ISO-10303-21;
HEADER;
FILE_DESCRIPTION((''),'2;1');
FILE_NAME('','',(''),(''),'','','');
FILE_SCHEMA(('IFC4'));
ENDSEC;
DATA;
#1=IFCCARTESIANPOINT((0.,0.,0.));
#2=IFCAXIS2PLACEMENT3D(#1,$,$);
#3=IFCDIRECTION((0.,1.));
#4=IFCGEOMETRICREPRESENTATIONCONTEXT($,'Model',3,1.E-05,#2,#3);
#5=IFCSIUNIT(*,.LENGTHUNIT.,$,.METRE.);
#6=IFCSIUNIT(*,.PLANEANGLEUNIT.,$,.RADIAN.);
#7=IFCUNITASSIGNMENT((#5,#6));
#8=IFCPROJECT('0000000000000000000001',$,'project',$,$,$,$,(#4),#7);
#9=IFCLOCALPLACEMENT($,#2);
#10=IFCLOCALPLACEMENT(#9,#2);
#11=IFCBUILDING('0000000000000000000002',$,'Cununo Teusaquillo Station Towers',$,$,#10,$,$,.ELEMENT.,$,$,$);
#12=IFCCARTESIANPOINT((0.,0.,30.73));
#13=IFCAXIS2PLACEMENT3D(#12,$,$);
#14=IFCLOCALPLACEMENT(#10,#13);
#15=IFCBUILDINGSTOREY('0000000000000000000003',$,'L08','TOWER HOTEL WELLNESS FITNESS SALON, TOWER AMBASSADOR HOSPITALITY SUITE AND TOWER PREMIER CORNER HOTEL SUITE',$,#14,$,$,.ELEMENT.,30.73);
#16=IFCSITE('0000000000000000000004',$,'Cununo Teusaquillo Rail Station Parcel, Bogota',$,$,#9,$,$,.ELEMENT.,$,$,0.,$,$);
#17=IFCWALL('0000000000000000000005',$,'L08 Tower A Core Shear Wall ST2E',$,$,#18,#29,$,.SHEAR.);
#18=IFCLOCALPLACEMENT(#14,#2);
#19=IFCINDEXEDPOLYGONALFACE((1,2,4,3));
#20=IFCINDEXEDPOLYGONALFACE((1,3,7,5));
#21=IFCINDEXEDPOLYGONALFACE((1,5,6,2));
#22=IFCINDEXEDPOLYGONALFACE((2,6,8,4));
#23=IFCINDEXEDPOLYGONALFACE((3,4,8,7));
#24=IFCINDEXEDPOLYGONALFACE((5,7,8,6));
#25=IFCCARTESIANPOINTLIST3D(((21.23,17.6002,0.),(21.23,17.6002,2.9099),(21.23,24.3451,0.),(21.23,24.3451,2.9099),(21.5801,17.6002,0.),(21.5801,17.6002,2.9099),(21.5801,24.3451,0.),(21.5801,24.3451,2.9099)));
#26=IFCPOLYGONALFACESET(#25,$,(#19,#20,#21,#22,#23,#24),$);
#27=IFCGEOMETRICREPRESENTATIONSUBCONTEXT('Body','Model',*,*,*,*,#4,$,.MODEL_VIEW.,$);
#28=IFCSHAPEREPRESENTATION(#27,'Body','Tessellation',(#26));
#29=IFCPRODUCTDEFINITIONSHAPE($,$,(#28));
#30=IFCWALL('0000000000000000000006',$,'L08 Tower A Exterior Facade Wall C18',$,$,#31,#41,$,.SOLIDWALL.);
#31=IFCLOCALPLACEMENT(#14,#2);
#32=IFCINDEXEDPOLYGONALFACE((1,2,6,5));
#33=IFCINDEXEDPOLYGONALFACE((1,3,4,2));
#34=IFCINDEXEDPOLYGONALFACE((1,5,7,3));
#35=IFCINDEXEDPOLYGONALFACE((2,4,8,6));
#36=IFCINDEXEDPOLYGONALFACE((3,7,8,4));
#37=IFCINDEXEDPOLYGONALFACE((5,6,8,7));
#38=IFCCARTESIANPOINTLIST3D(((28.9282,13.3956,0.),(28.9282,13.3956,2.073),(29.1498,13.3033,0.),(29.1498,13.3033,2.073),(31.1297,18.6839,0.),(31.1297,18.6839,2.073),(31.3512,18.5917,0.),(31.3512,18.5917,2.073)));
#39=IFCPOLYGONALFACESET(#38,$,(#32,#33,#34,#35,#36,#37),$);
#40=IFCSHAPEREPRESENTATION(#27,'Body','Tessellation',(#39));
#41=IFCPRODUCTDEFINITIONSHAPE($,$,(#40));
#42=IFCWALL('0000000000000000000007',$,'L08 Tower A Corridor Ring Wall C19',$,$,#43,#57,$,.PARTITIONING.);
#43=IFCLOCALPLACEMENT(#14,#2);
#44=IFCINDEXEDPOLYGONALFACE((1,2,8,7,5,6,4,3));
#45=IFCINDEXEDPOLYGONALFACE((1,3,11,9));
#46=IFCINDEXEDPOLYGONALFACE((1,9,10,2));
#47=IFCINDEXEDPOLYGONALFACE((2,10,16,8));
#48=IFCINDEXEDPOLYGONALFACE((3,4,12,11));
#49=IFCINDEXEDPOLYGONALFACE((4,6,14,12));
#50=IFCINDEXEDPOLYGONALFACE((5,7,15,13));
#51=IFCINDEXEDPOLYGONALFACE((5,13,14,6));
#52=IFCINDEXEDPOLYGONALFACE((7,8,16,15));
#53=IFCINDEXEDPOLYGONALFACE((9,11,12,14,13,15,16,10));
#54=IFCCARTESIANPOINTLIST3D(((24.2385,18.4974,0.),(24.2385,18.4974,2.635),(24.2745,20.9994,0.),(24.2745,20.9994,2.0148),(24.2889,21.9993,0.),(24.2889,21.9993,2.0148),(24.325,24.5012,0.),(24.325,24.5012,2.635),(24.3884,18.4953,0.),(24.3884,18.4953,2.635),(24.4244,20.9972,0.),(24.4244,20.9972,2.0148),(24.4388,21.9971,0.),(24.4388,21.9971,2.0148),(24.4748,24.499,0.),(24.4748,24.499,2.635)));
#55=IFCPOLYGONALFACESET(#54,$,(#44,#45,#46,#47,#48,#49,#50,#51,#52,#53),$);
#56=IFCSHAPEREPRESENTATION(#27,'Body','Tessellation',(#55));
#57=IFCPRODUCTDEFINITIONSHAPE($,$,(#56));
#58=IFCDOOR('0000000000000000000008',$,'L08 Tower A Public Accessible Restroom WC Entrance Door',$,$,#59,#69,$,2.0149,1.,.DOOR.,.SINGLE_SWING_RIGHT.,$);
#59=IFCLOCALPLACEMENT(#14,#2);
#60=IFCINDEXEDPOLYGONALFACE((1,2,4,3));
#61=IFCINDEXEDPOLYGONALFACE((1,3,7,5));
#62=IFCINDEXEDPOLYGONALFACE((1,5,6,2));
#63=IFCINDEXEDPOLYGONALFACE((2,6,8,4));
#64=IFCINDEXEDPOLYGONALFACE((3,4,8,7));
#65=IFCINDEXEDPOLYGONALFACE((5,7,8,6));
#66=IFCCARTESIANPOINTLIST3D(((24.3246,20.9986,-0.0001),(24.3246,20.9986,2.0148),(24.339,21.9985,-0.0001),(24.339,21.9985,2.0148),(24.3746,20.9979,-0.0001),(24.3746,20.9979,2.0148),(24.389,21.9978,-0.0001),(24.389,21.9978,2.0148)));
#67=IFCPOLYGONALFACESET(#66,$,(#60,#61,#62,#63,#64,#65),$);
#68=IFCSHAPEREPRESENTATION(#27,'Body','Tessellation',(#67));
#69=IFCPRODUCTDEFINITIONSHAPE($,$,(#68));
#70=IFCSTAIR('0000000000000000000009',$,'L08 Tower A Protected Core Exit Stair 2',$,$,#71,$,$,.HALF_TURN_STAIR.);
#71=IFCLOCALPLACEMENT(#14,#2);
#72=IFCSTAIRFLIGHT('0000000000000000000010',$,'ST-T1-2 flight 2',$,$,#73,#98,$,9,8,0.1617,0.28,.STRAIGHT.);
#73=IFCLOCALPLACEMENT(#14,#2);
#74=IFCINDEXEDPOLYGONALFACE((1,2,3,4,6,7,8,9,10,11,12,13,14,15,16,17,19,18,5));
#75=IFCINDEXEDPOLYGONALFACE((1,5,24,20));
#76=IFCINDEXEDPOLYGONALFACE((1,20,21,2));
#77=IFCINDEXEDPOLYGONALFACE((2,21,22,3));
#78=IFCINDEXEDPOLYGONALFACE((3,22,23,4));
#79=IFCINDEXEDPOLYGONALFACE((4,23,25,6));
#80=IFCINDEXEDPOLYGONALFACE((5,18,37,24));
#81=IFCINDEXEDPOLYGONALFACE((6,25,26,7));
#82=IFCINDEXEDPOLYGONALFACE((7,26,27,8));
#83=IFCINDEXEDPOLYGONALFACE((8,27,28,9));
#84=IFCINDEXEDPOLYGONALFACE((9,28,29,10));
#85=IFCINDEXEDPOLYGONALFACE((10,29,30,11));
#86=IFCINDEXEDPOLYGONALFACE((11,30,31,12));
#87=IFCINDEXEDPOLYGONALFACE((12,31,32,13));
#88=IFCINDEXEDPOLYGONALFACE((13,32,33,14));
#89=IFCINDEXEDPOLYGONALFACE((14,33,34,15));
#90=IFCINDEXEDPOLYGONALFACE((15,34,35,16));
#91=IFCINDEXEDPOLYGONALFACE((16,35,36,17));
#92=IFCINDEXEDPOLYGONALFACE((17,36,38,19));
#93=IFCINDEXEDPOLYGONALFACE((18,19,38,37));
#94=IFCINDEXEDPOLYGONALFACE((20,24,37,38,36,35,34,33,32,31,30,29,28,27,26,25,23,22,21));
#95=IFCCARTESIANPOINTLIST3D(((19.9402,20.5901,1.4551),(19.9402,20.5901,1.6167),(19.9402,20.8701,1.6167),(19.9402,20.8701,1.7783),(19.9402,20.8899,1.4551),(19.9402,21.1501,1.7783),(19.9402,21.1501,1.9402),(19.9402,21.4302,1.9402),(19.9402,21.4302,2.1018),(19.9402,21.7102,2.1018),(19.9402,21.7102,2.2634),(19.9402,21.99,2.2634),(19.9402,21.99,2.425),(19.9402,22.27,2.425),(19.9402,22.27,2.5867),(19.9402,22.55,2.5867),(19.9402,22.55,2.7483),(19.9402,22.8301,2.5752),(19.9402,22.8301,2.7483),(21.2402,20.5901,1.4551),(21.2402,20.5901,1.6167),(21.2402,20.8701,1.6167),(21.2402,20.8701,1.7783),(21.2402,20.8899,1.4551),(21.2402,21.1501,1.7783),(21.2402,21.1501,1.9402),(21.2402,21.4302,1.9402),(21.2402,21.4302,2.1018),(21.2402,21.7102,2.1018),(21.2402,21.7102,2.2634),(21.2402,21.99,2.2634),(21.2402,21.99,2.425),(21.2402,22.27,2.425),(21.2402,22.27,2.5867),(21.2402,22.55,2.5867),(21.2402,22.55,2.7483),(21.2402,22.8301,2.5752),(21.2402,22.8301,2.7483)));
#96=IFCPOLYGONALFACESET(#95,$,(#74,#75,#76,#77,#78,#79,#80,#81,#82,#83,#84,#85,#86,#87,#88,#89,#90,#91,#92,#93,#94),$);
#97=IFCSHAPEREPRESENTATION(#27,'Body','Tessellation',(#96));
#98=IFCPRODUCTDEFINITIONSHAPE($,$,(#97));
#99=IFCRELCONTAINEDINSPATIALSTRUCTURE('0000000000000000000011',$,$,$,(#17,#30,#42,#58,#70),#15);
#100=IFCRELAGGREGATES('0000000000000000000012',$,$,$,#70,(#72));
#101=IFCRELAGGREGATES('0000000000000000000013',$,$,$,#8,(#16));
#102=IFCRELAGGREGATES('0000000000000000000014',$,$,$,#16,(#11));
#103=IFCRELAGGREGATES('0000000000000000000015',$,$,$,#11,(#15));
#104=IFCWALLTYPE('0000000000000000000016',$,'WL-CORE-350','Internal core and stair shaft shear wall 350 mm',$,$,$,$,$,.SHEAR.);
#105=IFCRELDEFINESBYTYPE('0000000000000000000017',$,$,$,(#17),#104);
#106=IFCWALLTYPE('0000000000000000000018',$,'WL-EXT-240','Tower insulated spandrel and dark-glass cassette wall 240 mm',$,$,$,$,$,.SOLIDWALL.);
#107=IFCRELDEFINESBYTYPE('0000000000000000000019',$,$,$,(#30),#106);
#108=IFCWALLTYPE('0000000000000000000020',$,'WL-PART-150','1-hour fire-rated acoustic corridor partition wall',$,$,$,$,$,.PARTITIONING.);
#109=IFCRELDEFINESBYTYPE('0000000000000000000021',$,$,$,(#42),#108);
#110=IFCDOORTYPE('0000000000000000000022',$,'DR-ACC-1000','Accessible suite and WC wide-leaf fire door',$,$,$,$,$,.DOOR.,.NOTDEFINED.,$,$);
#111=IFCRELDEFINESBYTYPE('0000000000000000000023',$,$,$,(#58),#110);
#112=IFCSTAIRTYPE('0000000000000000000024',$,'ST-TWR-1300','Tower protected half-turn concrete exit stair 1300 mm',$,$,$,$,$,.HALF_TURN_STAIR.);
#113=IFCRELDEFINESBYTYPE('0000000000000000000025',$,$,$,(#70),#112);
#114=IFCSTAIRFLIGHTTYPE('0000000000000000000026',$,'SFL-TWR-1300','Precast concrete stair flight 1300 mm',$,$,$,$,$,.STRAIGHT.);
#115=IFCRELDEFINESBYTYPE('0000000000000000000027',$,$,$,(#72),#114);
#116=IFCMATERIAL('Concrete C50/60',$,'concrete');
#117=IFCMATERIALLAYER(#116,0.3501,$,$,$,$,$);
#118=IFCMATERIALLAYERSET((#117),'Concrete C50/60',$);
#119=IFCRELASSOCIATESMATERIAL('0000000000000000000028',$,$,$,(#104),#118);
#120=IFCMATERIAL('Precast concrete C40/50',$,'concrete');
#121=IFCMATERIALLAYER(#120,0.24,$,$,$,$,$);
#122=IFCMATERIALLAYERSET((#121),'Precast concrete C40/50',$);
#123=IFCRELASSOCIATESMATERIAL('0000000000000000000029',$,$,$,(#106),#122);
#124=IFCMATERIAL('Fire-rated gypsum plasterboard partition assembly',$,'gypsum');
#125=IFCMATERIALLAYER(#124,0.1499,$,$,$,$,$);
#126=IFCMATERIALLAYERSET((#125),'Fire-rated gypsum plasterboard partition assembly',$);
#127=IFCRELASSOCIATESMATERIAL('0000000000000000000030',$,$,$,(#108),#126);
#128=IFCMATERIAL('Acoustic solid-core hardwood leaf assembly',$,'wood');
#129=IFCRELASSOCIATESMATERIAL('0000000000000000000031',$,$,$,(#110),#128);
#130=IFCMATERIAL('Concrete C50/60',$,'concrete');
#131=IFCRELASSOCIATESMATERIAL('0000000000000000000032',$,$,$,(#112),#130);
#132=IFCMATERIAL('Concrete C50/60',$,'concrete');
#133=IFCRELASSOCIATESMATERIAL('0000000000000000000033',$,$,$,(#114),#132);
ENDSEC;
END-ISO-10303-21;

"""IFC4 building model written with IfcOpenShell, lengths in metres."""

from ifc_helpers import new_model, si_unit, direction, frame, frame_2d, origin, place, context, subcontext, project, spatial, polyline, rectangle, outline, extrude, source, transform, mapped, material, layer, layer_set, type_object, element, fill, aggregate, save


model = new_model("IFC4")

# Units and contexts
model_context = context("Model", 3, precision=1e-05, world=origin(), true_north=direction((0.0, 1.0)))
body_context = subcontext(model_context, "Body", "Model", "MODEL_VIEW")
ifc_project = project(units=[si_unit("LENGTHUNIT", "METRE"), si_unit("PLANEANGLEUNIT", "RADIAN")], contexts=[model_context])

# Site, building, storey
site_placement = place(None, origin())
site = spatial("IfcSite", under=ifc_project, at=site_placement, Name="Cununo Teusaquillo Rail Station Parcel, Bogota", CompositionType="ELEMENT", RefElevation=0.0)
building_placement = place(site_placement, origin())
building = spatial("IfcBuilding", under=site, at=building_placement, Name="Cununo Teusaquillo Station Towers", CompositionType="ELEMENT")
storey_placement = place(building_placement, frame((0.0, 0.0, 30.73)))
storey = spatial("IfcBuildingStorey", under=building, at=storey_placement, Name="L08", Description="TOWER HOTEL WELLNESS FITNESS SALON, TOWER AMBASSADOR HOSPITALITY SUITE AND TOWER PREMIER CORNER HOTEL SUITE", CompositionType="ELEMENT", Elevation=30.73)

# Walls
ifc_material_1 = material(Name="Concrete C50/60", Category="concrete")
ifc_layer_1 = layer(ifc_material_1, 0.3501)
ifc_layer_set_1 = layer_set([ifc_layer_1], Name="Concrete C50/60")
wall_type_1 = type_object("IfcWallType", Name="WL-CORE-350", Description="Internal core and stair shaft shear wall 350 mm", PredefinedType="SHEAR", material=ifc_layer_set_1)
wall_1_placement = place(storey_placement, frame((21.405, 17.6001, 0.0), z_axis=(0.0, 0.0, 1.0), x_axis=(0.0, 1.0, 0.0)))
element("IfcWall", 1, at=wall_1_placement, inside=storey, type_object=wall_type_1, Name="L08 Tower A Core Shear Wall ST2E", PredefinedType="SHEAR", context=body_context, shape_type="SweptSolid", body=[
    extrude(rectangle(XDim=6.7449, YDim=0.3501, at=frame_2d((3.3726, 0.0))), origin(), (0.0, 0.0, 1.0), 2.9099),
])
ifc_material_2 = material(Name="Precast concrete C40/50", Category="concrete")
ifc_layer_2 = layer(ifc_material_2, 0.24)
ifc_layer_set_2 = layer_set([ifc_layer_2], Name="Precast concrete C40/50")
wall_type_2 = type_object("IfcWallType", Name="WL-EXT-240", Description="Tower insulated spandrel and dark-glass cassette wall 240 mm", PredefinedType="SOLIDWALL", material=ifc_layer_set_2)
wall_2_placement = place(storey_placement, frame((31.2405, 18.6379, 0.0), z_axis=(0.0, 0.0, 1.0), x_axis=(-0.38431, -0.923204, 0.0)))
element("IfcWall", 2, at=wall_2_placement, inside=storey, type_object=wall_type_2, Name="L08 Tower A Exterior Facade Wall C18", PredefinedType="SOLIDWALL", context=body_context, shape_type="SweptSolid", body=[
    extrude(rectangle(XDim=5.7283, YDim=0.24, at=frame_2d((2.8643, 0.0))), origin(), (0.0, 0.0, 1.0), 2.073),
])

# Wall, opening, door
ifc_material_3 = material(Name="Fire-rated gypsum plasterboard partition assembly", Category="gypsum")
ifc_layer_3 = layer(ifc_material_3, 0.1499)
ifc_layer_set_3 = layer_set([ifc_layer_3], Name="Fire-rated gypsum plasterboard partition assembly")
wall_type_3 = type_object("IfcWallType", Name="WL-PART-150", Description="1-hour fire-rated acoustic corridor partition wall", PredefinedType="PARTITIONING", material=ifc_layer_set_3)
wall_3_placement = place(storey_placement, frame((24.3135, 18.4963, 0.0), z_axis=(0.0, 0.0, 1.0), x_axis=(0.014394, 0.999896, 0.0)))
wall_3 = element("IfcWall", 3, at=wall_3_placement, inside=storey, type_object=wall_type_3, Name="L08 Tower A Corridor Ring Wall C19", PredefinedType="PARTITIONING", context=body_context, shape_type="SweptSolid", body=[
    extrude(rectangle(XDim=6.0044, YDim=0.1499, at=frame_2d((3.0022, 0.0))), origin(), (0.0, 0.0, 1.0), 2.635),
])
shared_shape_1 = source(origin(), body_context, "Body", "SweptSolid", [
    extrude(rectangle(XDim=1.0, YDim=2.0149, at=frame_2d((0.5, 1.0073))), frame((0.0, 0.085, 0.0), z_axis=(0.0, -1.0, 0.0), x_axis=(1.0, 0.0, 0.0)), (0.0, 0.0, 1.0), 0.1699),
])
opening_placement = place(wall_3_placement, frame((2.5022, 0.0, 0.0)))
opening = element("IfcOpeningElement", 4, at=opening_placement, cuts=wall_3, PredefinedType="OPENING", context=body_context, shape_type="MappedRepresentation", body=[
    mapped(shared_shape_1, transform((0.0, 0.0, 0.0), x_axis=(1.0, 0.0, 0.0), y_axis=(0.0, 1.0, 0.0), z_axis=(0.0, 0.0, 1.0), scale=1.0)),
])
ifc_material_4 = material(Name="Acoustic solid-core hardwood leaf assembly", Category="wood")
door_type = type_object("IfcDoorType", Name="DR-ACC-1000", Description="Accessible suite and WC wide-leaf fire door", OperationType="NOTDEFINED", PredefinedType="DOOR", material=ifc_material_4)
shared_shape_2 = source(origin(), body_context, "Body", "SweptSolid", [
    extrude(rectangle(XDim=1.0, YDim=2.0149, at=frame_2d((0.5, 1.0073))), frame((0.0, 0.0249, 0.0), z_axis=(0.0, -1.0, 0.0), x_axis=(1.0, 0.0, 0.0)), (0.0, 0.0, 1.0), 0.05),
])
door_placement = place(opening_placement, origin())
door = element("IfcDoor", 5, at=door_placement, inside=storey, type_object=door_type, Name="L08 Tower A Public Accessible Restroom WC Entrance Door", OperationType="SINGLE_SWING_RIGHT", OverallHeight=2.0149, OverallWidth=1.0, PredefinedType="DOOR", context=body_context, shape_type="MappedRepresentation", body=[
    mapped(shared_shape_2, transform((0.0, 0.0, 0.0), x_axis=(1.0, 0.0, 0.0), y_axis=(0.0, 1.0, 0.0), z_axis=(0.0, 0.0, 1.0), scale=1.0)),
])
fill(opening, door)

# Stair, stair flight
ifc_material_5 = material(Name="Concrete C50/60", Category="concrete")
stair_type = type_object("IfcStairType", Name="ST-TWR-1300", Description="Tower protected half-turn concrete exit stair 1300 mm", PredefinedType="HALF_TURN_STAIR", material=ifc_material_5)
stair_placement = place(storey_placement, origin())
stair = element("IfcStair", 6, at=stair_placement, inside=storey, type_object=stair_type, Name="L08 Tower A Protected Core Exit Stair 2", PredefinedType="HALF_TURN_STAIR")
ifc_material_6 = material(Name="Concrete C50/60", Category="concrete")
stair_flight_type = type_object("IfcStairFlightType", Name="SFL-TWR-1300", Description="Precast concrete stair flight 1300 mm", PredefinedType="STRAIGHT", material=ifc_material_6)
stair_flight_placement = place(storey_placement, frame((20.5901, 20.5901, 1.4551), z_axis=(0.0, 0.0, 1.0), x_axis=(0.0, 1.0, 0.0)))
stair_flight = element("IfcStairFlight", 7, at=stair_flight_placement, type_object=stair_flight_type, Name="ST-T1-2 flight 2", NumberOfRisers=9, NumberOfTreads=8, PredefinedType="STRAIGHT", RiserHeight=0.1617, TreadLength=0.28, context=body_context, shape_type="SweptSolid", body=[
    extrude(outline(polyline([(0.0, 0.0), (0.0, 0.1616), (0.28, 0.1616), (0.28, 0.3232), (0.5601, 0.3232), (0.5601, 0.4851), (0.8401, 0.4851), (0.8401, 0.6467), (1.1201, 0.6467), (1.1201, 0.8083), (1.3999, 0.8083), (1.3999, 0.97), (1.6799, 0.97), (1.6799, 1.1316), (1.96, 1.1316), (1.96, 1.2932), (2.24, 1.2932), (2.24, 1.4551), (2.24, 1.1201), (0.2998, 0.0), (0.0, 0.0)])), frame((0.0, 0.6499, 0.0), z_axis=(0.0, -1.0, 0.0), x_axis=(1.0, 0.0, 0.0)), (0.0, 0.0, 1.0), 1.3),
])
aggregate(stair, [stair_flight])

save(model, "model.ifc")
